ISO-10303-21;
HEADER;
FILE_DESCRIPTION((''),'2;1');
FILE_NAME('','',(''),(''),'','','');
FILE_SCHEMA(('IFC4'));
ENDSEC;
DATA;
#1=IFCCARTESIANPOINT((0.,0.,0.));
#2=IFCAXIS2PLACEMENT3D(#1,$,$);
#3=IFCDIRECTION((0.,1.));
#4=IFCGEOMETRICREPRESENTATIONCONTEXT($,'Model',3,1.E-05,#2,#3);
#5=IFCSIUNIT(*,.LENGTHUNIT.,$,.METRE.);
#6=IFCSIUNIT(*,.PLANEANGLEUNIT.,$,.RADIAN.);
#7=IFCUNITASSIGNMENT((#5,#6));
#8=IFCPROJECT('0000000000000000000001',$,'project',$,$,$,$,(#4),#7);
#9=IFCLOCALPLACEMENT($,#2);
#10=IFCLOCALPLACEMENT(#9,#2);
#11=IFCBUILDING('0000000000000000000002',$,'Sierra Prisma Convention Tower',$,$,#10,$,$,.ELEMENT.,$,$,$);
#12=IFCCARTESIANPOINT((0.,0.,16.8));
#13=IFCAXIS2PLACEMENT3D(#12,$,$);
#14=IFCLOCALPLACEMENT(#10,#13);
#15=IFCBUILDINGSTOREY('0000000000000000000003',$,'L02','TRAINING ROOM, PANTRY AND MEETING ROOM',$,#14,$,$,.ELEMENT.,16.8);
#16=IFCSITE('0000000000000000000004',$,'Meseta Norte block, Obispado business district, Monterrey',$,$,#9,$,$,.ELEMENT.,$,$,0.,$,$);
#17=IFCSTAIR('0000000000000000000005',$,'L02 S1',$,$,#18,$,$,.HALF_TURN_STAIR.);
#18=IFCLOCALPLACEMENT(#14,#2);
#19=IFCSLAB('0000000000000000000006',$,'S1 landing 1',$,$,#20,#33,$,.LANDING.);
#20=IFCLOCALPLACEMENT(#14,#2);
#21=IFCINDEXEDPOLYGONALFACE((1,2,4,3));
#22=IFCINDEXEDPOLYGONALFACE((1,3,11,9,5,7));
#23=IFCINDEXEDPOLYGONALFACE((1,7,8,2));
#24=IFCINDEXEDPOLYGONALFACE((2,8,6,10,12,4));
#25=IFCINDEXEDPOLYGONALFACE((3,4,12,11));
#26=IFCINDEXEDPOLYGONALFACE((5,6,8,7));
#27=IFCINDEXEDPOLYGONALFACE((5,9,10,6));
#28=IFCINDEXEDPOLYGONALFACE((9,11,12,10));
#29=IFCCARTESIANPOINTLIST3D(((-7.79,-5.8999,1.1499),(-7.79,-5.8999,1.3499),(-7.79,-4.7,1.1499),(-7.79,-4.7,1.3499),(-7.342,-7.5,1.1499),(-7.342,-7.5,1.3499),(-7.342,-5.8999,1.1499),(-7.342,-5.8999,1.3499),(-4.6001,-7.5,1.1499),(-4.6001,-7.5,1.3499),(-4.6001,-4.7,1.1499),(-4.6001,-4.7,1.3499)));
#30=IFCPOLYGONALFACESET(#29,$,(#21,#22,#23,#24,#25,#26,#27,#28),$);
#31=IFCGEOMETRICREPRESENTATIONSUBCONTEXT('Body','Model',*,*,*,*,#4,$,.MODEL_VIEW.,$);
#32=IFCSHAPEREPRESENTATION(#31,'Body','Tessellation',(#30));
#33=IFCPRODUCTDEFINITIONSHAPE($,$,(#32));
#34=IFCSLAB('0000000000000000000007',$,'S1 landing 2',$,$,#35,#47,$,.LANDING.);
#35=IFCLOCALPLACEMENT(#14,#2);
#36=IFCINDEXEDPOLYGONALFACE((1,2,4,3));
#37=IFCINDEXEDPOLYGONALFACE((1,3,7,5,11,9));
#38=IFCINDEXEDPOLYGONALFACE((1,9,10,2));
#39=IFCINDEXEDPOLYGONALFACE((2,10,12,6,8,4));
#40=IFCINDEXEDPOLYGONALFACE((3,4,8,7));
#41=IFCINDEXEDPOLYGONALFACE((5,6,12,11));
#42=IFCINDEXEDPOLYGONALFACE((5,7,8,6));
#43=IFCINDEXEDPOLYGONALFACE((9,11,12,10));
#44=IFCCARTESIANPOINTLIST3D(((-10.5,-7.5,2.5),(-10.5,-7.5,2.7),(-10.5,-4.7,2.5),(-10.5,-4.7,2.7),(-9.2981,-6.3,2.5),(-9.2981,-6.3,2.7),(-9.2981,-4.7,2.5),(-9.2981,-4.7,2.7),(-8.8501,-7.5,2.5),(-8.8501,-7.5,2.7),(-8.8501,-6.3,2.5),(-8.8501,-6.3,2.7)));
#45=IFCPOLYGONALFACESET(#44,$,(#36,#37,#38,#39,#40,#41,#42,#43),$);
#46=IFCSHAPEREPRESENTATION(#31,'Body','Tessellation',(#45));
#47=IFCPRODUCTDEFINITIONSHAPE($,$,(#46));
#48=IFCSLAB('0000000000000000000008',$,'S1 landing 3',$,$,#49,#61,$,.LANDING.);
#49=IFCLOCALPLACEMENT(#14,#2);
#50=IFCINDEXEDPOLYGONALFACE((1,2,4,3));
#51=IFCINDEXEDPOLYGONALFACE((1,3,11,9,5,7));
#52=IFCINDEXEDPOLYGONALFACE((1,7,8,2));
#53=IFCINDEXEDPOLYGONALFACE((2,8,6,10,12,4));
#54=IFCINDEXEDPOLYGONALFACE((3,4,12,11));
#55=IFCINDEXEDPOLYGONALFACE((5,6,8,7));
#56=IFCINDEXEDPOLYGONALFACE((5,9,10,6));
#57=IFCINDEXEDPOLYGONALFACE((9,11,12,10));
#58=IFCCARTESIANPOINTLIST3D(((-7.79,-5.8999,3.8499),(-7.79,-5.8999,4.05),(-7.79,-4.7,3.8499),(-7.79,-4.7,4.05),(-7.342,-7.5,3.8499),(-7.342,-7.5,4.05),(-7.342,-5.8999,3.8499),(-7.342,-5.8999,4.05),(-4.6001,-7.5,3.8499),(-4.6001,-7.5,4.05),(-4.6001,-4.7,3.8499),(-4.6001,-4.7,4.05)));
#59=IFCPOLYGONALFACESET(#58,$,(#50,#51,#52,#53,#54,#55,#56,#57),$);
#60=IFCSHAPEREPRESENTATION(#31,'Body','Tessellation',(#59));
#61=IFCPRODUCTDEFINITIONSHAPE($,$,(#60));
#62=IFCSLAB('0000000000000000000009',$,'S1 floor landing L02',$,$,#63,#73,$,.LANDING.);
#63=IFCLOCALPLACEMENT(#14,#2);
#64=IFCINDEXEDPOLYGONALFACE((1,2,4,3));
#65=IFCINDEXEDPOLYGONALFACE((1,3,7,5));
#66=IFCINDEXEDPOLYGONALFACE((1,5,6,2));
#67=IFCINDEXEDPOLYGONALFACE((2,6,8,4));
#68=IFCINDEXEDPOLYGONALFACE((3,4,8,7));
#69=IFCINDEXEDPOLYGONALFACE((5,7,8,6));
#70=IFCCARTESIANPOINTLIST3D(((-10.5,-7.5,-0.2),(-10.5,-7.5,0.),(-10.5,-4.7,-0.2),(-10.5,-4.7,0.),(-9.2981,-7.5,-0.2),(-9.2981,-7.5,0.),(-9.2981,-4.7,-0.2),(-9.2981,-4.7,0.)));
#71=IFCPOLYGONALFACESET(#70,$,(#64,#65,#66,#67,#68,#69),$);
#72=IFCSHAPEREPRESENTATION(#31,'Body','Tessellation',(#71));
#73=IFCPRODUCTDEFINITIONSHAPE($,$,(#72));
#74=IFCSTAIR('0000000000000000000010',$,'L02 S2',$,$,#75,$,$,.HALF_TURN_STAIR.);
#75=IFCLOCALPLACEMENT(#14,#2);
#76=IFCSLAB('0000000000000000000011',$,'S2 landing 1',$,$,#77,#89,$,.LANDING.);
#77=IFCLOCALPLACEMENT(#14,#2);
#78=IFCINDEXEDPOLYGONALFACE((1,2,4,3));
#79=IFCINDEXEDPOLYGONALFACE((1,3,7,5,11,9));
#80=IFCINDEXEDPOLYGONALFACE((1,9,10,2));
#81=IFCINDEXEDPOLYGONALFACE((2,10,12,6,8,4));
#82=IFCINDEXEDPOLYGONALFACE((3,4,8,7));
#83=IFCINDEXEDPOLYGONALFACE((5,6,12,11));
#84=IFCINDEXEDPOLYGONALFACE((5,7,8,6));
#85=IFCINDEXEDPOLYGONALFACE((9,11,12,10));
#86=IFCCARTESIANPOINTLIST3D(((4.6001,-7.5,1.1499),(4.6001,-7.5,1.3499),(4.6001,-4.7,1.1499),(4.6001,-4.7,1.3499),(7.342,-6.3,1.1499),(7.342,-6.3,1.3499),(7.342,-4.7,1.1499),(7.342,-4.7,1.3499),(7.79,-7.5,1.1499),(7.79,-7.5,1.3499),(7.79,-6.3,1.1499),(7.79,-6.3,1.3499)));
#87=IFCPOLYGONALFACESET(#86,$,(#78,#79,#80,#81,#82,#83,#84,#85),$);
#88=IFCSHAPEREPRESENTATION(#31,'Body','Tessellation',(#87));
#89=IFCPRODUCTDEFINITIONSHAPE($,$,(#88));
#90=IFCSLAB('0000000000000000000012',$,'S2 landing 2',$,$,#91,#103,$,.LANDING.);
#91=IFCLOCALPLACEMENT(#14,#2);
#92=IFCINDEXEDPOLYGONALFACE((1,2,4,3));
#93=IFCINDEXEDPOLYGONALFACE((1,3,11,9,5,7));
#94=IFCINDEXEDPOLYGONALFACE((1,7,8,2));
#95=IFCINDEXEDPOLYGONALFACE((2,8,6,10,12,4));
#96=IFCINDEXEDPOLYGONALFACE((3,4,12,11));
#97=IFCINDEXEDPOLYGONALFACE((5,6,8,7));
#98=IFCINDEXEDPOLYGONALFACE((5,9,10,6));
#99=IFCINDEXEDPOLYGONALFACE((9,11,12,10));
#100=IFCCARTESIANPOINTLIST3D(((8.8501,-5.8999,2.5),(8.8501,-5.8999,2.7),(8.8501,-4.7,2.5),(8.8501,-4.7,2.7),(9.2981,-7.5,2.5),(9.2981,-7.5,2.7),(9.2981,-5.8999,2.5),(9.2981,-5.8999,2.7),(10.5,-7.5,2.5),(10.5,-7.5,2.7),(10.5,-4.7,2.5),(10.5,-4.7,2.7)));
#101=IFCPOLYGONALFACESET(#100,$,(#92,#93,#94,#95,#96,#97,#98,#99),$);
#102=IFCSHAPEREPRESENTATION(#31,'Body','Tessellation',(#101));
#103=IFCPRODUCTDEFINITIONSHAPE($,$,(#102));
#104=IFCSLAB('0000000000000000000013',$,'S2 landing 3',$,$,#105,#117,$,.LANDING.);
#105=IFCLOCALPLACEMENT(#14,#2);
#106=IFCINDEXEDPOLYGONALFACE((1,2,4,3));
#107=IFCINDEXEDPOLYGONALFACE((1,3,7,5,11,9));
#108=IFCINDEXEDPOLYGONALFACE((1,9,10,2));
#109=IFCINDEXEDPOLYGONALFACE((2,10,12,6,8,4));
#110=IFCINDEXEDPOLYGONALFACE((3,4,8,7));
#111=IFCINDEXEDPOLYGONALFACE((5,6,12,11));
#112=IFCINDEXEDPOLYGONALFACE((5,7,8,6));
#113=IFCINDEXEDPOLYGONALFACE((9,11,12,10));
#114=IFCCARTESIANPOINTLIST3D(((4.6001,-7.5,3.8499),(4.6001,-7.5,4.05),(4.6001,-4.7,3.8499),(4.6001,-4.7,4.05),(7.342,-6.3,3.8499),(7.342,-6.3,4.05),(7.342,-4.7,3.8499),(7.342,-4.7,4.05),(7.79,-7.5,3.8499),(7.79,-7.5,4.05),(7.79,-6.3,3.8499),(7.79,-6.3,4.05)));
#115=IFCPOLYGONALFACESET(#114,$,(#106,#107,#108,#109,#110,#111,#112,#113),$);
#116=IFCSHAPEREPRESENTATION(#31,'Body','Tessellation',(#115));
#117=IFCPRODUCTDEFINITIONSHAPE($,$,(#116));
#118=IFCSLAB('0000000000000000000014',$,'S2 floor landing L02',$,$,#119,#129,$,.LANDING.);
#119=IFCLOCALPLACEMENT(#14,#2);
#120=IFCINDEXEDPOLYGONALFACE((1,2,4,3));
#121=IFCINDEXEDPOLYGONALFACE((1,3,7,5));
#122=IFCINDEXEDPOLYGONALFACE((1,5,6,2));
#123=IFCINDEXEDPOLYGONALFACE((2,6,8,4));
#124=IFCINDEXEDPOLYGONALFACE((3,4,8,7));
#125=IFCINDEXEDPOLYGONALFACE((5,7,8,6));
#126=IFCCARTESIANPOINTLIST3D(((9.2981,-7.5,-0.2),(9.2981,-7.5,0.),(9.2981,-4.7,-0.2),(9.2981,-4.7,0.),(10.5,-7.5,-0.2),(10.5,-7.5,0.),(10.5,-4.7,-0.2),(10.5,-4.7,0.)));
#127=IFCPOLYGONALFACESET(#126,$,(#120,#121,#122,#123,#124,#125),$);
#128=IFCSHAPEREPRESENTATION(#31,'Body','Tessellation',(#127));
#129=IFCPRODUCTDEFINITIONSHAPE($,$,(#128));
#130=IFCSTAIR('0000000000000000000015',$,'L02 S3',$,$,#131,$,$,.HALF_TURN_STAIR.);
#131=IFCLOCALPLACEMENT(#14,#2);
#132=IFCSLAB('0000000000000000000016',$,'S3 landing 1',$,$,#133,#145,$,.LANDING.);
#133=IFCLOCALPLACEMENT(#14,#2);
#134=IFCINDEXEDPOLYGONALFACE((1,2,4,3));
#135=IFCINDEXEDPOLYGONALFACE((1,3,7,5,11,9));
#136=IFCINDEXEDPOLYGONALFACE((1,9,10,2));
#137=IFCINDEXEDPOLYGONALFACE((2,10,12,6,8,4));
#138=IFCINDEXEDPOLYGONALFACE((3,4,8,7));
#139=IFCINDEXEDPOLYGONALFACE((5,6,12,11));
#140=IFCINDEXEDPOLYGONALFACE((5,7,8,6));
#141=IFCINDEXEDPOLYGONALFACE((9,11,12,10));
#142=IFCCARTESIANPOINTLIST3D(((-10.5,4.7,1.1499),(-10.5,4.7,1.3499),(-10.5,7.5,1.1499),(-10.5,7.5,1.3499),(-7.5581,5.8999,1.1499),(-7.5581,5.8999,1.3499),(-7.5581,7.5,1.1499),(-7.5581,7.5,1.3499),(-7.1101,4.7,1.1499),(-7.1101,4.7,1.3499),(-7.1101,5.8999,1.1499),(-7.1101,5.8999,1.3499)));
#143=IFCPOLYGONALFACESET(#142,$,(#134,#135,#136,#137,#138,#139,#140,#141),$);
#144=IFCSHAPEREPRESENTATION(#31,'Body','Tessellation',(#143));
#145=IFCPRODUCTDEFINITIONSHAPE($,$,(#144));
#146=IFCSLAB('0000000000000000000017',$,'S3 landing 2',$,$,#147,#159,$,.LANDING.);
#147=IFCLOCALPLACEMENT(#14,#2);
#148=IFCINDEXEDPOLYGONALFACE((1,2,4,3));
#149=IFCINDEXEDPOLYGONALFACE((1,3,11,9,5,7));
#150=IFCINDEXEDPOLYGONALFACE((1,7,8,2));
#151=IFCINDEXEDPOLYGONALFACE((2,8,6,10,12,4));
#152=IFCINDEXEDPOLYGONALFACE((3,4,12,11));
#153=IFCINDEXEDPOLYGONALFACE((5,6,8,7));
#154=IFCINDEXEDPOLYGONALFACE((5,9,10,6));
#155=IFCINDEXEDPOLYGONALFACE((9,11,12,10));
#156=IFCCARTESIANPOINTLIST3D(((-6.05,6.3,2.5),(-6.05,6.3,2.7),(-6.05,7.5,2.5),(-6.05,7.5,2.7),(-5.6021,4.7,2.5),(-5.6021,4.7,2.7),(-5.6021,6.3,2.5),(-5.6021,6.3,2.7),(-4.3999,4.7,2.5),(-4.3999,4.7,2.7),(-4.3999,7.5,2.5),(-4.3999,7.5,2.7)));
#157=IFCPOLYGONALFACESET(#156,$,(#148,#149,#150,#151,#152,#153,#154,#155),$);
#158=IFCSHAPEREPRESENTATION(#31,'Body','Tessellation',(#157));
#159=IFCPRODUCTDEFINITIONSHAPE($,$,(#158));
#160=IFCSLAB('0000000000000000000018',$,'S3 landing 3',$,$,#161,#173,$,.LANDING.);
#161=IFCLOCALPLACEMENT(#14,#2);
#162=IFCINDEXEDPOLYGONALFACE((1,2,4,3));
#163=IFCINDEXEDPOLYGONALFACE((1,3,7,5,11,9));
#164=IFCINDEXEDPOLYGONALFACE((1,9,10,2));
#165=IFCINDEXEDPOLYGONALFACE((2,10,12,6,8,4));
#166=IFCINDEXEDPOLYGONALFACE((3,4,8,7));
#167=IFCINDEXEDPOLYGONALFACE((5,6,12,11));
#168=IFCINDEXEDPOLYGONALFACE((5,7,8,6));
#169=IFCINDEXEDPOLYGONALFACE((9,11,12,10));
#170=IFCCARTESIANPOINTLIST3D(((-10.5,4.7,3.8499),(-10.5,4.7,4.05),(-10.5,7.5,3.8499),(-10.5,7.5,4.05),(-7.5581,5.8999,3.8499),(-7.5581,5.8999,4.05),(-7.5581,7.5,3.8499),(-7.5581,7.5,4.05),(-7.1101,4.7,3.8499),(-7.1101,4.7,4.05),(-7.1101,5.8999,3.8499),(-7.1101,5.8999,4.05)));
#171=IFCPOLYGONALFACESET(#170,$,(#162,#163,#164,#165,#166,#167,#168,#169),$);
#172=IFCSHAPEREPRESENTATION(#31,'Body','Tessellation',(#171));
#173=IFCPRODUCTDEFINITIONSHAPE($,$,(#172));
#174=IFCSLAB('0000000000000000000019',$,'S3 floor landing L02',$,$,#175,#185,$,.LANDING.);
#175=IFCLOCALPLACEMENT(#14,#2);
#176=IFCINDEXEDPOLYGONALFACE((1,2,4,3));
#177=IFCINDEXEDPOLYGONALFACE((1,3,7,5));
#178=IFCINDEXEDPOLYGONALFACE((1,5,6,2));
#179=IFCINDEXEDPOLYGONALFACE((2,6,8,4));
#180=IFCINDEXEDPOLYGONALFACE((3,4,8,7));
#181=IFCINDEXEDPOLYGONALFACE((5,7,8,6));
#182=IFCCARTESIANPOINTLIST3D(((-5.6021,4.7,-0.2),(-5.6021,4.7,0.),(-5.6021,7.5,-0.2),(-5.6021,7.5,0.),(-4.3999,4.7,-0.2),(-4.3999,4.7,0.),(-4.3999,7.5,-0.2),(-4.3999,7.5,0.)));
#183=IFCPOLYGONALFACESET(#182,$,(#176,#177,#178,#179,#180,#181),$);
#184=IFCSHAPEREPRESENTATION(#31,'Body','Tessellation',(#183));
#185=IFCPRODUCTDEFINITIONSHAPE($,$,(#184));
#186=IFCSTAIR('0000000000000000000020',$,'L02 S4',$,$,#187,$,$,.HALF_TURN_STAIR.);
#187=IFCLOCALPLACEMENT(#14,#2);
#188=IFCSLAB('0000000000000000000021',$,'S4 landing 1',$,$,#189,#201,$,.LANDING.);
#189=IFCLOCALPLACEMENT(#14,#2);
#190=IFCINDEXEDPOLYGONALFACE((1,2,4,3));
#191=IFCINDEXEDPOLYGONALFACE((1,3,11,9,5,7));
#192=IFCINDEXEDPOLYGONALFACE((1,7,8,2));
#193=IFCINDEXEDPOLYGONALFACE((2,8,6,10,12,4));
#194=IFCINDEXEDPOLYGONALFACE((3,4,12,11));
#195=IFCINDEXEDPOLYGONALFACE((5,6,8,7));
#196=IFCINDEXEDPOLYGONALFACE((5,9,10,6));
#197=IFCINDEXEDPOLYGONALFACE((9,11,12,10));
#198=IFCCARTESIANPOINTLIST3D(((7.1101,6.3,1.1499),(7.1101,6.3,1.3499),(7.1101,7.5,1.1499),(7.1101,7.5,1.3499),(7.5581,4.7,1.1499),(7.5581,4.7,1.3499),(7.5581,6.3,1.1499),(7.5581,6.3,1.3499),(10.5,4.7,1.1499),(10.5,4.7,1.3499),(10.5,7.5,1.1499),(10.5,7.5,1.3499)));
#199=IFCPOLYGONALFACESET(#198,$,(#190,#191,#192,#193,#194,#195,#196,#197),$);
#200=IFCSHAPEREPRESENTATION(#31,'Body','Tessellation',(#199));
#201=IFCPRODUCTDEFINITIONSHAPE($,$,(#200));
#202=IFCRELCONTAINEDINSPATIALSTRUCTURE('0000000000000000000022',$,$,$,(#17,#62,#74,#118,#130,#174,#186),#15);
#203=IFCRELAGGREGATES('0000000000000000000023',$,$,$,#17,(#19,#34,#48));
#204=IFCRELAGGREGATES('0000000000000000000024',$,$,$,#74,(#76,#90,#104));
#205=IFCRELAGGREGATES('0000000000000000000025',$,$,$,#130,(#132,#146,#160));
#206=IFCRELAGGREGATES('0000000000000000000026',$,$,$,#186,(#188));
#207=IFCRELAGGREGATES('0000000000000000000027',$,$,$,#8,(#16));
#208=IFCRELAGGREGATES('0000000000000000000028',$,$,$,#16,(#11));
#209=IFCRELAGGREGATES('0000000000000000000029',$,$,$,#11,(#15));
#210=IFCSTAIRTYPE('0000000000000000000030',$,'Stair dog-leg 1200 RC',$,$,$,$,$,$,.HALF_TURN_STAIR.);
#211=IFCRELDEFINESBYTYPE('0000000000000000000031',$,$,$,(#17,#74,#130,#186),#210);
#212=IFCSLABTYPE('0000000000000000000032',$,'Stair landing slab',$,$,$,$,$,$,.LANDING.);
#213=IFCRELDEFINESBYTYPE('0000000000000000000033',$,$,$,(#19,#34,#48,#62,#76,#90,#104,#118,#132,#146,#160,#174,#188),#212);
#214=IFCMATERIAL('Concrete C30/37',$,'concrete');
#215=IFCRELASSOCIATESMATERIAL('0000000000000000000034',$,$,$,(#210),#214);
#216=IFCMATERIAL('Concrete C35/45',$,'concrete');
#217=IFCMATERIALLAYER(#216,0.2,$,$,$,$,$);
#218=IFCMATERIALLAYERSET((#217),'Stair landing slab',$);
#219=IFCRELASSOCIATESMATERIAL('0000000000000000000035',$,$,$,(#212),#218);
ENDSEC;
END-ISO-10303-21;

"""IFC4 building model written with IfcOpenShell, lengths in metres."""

from ifc_helpers import new_model, si_unit, direction, frame, origin, place, context, subcontext, project, spatial, polyline, outline, extrude, material, layer, layer_set, type_object, element, aggregate, save


model = new_model("IFC4")

# Units and contexts
model_context = context("Model", 3, precision=1e-05, world=origin(), true_north=direction((0.0, 1.0)))
body_context = subcontext(model_context, "Body", "Model", "MODEL_VIEW")
ifc_project = project(units=[si_unit("LENGTHUNIT", "METRE"), si_unit("PLANEANGLEUNIT", "RADIAN")], contexts=[model_context])

# Site, building, storey
site_placement = place(None, origin())
site = spatial("IfcSite", under=ifc_project, at=site_placement, Name="Meseta Norte block, Obispado business district, Monterrey", CompositionType="ELEMENT", RefElevation=0.0)
building_placement = place(site_placement, origin())
building = spatial("IfcBuilding", under=site, at=building_placement, Name="Sierra Prisma Convention Tower", CompositionType="ELEMENT")
storey_placement = place(building_placement, frame((0.0, 0.0, 16.8)))
storey = spatial("IfcBuildingStorey", under=building, at=storey_placement, Name="L02", Description="TRAINING ROOM, PANTRY AND MEETING ROOM", CompositionType="ELEMENT", Elevation=16.8)

# Stair, slabs
ifc_material_1 = material(Name="Concrete C30/37", Category="concrete")
stair_type = type_object("IfcStairType", Name="Stair dog-leg 1200 RC", PredefinedType="HALF_TURN_STAIR", material=ifc_material_1)
stair_1_placement = place(storey_placement, origin())
stair_1 = element("IfcStair", 1, at=stair_1_placement, inside=storey, type_object=stair_type, Name="L02 S1", PredefinedType="HALF_TURN_STAIR")
ifc_material_2 = material(Name="Concrete C35/45", Category="concrete")
ifc_layer_1 = layer(ifc_material_2, 0.2)
ifc_layer_set_1 = layer_set([ifc_layer_1], Name="Stair landing slab")
slab_type = type_object("IfcSlabType", Name="Stair landing slab", PredefinedType="LANDING", material=ifc_layer_set_1)
slab_1_placement = place(storey_placement, frame((0.0, 0.0, 1.1499)))
slab_1 = element("IfcSlab", 2, at=slab_1_placement, type_object=slab_type, Name="S1 landing 1", PredefinedType="LANDING", context=body_context, shape_type="SweptSolid", body=[
    extrude(outline(polyline([(-4.6001, -4.7), (-4.6001, -7.5), (-7.342, -7.5), (-7.342, -5.8999), (-7.79, -5.8999), (-7.79, -4.7), (-4.6001, -4.7)])), origin(), (0.0, 0.0, 1.0), 0.2),
])
slab_2_placement = place(storey_placement, frame((0.0, 0.0, 2.5)))
slab_2 = element("IfcSlab", 3, at=slab_2_placement, type_object=slab_type, Name="S1 landing 2", PredefinedType="LANDING", context=body_context, shape_type="SweptSolid", body=[
    extrude(outline(polyline([(-10.5, -7.5), (-10.5, -4.7), (-9.2981, -4.7), (-9.2981, -6.3), (-8.8501, -6.3), (-8.8501, -7.5), (-10.5, -7.5)])), origin(), (0.0, 0.0, 1.0), 0.2),
])
slab_3_placement = place(storey_placement, frame((0.0, 0.0, 3.8499)))
slab_3 = element("IfcSlab", 4, at=slab_3_placement, type_object=slab_type, Name="S1 landing 3", PredefinedType="LANDING", context=body_context, shape_type="SweptSolid", body=[
    extrude(outline(polyline([(-4.6001, -4.7), (-4.6001, -7.5), (-7.342, -7.5), (-7.342, -5.8999), (-7.79, -5.8999), (-7.79, -4.7), (-4.6001, -4.7)])), origin(), (0.0, 0.0, 1.0), 0.2002),
])
aggregate(stair_1, [slab_1, slab_2, slab_3])

# Slab
slab_4_placement = place(storey_placement, frame((0.0, 0.0, -0.2)))
element("IfcSlab", 5, at=slab_4_placement, inside=storey, type_object=slab_type, Name="S1 floor landing L02", PredefinedType="LANDING", context=body_context, shape_type="SweptSolid", body=[
    extrude(outline(polyline([(-10.5, -7.5), (-9.2981, -7.5), (-9.2981, -4.7), (-10.5, -4.7), (-10.5, -7.5)])), origin(), (0.0, 0.0, 1.0), 0.2),
])

# Stair, slabs
stair_2_placement = place(storey_placement, origin())
stair_2 = element("IfcStair", 6, at=stair_2_placement, inside=storey, type_object=stair_type, Name="L02 S2", PredefinedType="HALF_TURN_STAIR")
slab_5_placement = place(storey_placement, frame((0.0, 0.0, 1.1499)))
slab_5 = element("IfcSlab", 7, at=slab_5_placement, type_object=slab_type, Name="S2 landing 1", PredefinedType="LANDING", context=body_context, shape_type="SweptSolid", body=[
    extrude(outline(polyline([(7.79, -6.3), (7.79, -7.5), (4.6001, -7.5), (4.6001, -4.7), (7.342, -4.7), (7.342, -6.3), (7.79, -6.3)])), origin(), (0.0, 0.0, 1.0), 0.2),
])
slab_6_placement = place(storey_placement, frame((0.0, 0.0, 2.5)))
slab_6 = element("IfcSlab", 8, at=slab_6_placement, type_object=slab_type, Name="S2 landing 2", PredefinedType="LANDING", context=body_context, shape_type="SweptSolid", body=[
    extrude(outline(polyline([(10.5, -4.7), (10.5, -7.5), (9.2981, -7.5), (9.2981, -5.8999), (8.8501, -5.8999), (8.8501, -4.7), (10.5, -4.7)])), origin(), (0.0, 0.0, 1.0), 0.2),
])
slab_7_placement = place(storey_placement, frame((0.0, 0.0, 3.8499)))
slab_7 = element("IfcSlab", 9, at=slab_7_placement, type_object=slab_type, Name="S2 landing 3", PredefinedType="LANDING", context=body_context, shape_type="SweptSolid", body=[
    extrude(outline(polyline([(7.79, -6.3), (7.79, -7.5), (4.6001, -7.5), (4.6001, -4.7), (7.342, -4.7), (7.342, -6.3), (7.79, -6.3)])), origin(), (0.0, 0.0, 1.0), 0.2002),
])
aggregate(stair_2, [slab_5, slab_6, slab_7])

# Slab
slab_8_placement = place(storey_placement, frame((0.0, 0.0, -0.2)))
element("IfcSlab", 10, at=slab_8_placement, inside=storey, type_object=slab_type, Name="S2 floor landing L02", PredefinedType="LANDING", context=body_context, shape_type="SweptSolid", body=[
    extrude(outline(polyline([(10.5, -4.7), (9.2981, -4.7), (9.2981, -7.5), (10.5, -7.5), (10.5, -4.7)])), origin(), (0.0, 0.0, 1.0), 0.2),
])

# Stair, slabs
stair_3_placement = place(storey_placement, origin())
stair_3 = element("IfcStair", 11, at=stair_3_placement, inside=storey, type_object=stair_type, Name="L02 S3", PredefinedType="HALF_TURN_STAIR")
slab_9_placement = place(storey_placement, frame((0.0, 0.0, 1.1499)))
slab_9 = element("IfcSlab", 12, at=slab_9_placement, type_object=slab_type, Name="S3 landing 1", PredefinedType="LANDING", context=body_context, shape_type="SweptSolid", body=[
    extrude(outline(polyline([(-7.1101, 5.8999), (-7.1101, 4.7), (-10.5, 4.7), (-10.5, 7.5), (-7.5581, 7.5), (-7.5581, 5.8999), (-7.1101, 5.8999)])), origin(), (0.0, 0.0, 1.0), 0.2),
])
slab_10_placement = place(storey_placement, frame((0.0, 0.0, 2.5)))
slab_10 = element("IfcSlab", 13, at=slab_10_placement, type_object=slab_type, Name="S3 landing 2", PredefinedType="LANDING", context=body_context, shape_type="SweptSolid", body=[
    extrude(outline(polyline([(-4.3999, 7.5), (-4.3999, 4.7), (-5.6021, 4.7), (-5.6021, 6.3), (-6.05, 6.3), (-6.05, 7.5), (-4.3999, 7.5)])), origin(), (0.0, 0.0, 1.0), 0.2),
])
slab_11_placement = place(storey_placement, frame((0.0, 0.0, 3.8499)))
slab_11 = element("IfcSlab", 14, at=slab_11_placement, type_object=slab_type, Name="S3 landing 3", PredefinedType="LANDING", context=body_context, shape_type="SweptSolid", body=[
    extrude(outline(polyline([(-7.1101, 5.8999), (-7.1101, 4.7), (-10.5, 4.7), (-10.5, 7.5), (-7.5581, 7.5), (-7.5581, 5.8999), (-7.1101, 5.8999)])), origin(), (0.0, 0.0, 1.0), 0.2002),
])
aggregate(stair_3, [slab_9, slab_10, slab_11])

# Slab
slab_12_placement = place(storey_placement, frame((0.0, 0.0, -0.2)))
element("IfcSlab", 15, at=slab_12_placement, inside=storey, type_object=slab_type, Name="S3 floor landing L02", PredefinedType="LANDING", context=body_context, shape_type="SweptSolid", body=[
    extrude(outline(polyline([(-4.3999, 7.5), (-5.6021, 7.5), (-5.6021, 4.7), (-4.3999, 4.7), (-4.3999, 7.5)])), origin(), (0.0, 0.0, 1.0), 0.2),
])

# Stair, slab
stair_4_placement = place(storey_placement, origin())
stair_4 = element("IfcStair", 16, at=stair_4_placement, inside=storey, type_object=stair_type, Name="L02 S4", PredefinedType="HALF_TURN_STAIR")
slab_13_placement = place(storey_placement, frame((0.0, 0.0, 1.1499)))
slab_13 = element("IfcSlab", 17, at=slab_13_placement, type_object=slab_type, Name="S4 landing 1", PredefinedType="LANDING", context=body_context, shape_type="SweptSolid", body=[
    extrude(outline(polyline([(10.5, 7.5), (10.5, 4.7), (7.5581, 4.7), (7.5581, 6.3), (7.1101, 6.3), (7.1101, 7.5), (10.5, 7.5)])), origin(), (0.0, 0.0, 1.0), 0.2),
])
aggregate(stair_4, [slab_13])

save(model, "model.ifc")
